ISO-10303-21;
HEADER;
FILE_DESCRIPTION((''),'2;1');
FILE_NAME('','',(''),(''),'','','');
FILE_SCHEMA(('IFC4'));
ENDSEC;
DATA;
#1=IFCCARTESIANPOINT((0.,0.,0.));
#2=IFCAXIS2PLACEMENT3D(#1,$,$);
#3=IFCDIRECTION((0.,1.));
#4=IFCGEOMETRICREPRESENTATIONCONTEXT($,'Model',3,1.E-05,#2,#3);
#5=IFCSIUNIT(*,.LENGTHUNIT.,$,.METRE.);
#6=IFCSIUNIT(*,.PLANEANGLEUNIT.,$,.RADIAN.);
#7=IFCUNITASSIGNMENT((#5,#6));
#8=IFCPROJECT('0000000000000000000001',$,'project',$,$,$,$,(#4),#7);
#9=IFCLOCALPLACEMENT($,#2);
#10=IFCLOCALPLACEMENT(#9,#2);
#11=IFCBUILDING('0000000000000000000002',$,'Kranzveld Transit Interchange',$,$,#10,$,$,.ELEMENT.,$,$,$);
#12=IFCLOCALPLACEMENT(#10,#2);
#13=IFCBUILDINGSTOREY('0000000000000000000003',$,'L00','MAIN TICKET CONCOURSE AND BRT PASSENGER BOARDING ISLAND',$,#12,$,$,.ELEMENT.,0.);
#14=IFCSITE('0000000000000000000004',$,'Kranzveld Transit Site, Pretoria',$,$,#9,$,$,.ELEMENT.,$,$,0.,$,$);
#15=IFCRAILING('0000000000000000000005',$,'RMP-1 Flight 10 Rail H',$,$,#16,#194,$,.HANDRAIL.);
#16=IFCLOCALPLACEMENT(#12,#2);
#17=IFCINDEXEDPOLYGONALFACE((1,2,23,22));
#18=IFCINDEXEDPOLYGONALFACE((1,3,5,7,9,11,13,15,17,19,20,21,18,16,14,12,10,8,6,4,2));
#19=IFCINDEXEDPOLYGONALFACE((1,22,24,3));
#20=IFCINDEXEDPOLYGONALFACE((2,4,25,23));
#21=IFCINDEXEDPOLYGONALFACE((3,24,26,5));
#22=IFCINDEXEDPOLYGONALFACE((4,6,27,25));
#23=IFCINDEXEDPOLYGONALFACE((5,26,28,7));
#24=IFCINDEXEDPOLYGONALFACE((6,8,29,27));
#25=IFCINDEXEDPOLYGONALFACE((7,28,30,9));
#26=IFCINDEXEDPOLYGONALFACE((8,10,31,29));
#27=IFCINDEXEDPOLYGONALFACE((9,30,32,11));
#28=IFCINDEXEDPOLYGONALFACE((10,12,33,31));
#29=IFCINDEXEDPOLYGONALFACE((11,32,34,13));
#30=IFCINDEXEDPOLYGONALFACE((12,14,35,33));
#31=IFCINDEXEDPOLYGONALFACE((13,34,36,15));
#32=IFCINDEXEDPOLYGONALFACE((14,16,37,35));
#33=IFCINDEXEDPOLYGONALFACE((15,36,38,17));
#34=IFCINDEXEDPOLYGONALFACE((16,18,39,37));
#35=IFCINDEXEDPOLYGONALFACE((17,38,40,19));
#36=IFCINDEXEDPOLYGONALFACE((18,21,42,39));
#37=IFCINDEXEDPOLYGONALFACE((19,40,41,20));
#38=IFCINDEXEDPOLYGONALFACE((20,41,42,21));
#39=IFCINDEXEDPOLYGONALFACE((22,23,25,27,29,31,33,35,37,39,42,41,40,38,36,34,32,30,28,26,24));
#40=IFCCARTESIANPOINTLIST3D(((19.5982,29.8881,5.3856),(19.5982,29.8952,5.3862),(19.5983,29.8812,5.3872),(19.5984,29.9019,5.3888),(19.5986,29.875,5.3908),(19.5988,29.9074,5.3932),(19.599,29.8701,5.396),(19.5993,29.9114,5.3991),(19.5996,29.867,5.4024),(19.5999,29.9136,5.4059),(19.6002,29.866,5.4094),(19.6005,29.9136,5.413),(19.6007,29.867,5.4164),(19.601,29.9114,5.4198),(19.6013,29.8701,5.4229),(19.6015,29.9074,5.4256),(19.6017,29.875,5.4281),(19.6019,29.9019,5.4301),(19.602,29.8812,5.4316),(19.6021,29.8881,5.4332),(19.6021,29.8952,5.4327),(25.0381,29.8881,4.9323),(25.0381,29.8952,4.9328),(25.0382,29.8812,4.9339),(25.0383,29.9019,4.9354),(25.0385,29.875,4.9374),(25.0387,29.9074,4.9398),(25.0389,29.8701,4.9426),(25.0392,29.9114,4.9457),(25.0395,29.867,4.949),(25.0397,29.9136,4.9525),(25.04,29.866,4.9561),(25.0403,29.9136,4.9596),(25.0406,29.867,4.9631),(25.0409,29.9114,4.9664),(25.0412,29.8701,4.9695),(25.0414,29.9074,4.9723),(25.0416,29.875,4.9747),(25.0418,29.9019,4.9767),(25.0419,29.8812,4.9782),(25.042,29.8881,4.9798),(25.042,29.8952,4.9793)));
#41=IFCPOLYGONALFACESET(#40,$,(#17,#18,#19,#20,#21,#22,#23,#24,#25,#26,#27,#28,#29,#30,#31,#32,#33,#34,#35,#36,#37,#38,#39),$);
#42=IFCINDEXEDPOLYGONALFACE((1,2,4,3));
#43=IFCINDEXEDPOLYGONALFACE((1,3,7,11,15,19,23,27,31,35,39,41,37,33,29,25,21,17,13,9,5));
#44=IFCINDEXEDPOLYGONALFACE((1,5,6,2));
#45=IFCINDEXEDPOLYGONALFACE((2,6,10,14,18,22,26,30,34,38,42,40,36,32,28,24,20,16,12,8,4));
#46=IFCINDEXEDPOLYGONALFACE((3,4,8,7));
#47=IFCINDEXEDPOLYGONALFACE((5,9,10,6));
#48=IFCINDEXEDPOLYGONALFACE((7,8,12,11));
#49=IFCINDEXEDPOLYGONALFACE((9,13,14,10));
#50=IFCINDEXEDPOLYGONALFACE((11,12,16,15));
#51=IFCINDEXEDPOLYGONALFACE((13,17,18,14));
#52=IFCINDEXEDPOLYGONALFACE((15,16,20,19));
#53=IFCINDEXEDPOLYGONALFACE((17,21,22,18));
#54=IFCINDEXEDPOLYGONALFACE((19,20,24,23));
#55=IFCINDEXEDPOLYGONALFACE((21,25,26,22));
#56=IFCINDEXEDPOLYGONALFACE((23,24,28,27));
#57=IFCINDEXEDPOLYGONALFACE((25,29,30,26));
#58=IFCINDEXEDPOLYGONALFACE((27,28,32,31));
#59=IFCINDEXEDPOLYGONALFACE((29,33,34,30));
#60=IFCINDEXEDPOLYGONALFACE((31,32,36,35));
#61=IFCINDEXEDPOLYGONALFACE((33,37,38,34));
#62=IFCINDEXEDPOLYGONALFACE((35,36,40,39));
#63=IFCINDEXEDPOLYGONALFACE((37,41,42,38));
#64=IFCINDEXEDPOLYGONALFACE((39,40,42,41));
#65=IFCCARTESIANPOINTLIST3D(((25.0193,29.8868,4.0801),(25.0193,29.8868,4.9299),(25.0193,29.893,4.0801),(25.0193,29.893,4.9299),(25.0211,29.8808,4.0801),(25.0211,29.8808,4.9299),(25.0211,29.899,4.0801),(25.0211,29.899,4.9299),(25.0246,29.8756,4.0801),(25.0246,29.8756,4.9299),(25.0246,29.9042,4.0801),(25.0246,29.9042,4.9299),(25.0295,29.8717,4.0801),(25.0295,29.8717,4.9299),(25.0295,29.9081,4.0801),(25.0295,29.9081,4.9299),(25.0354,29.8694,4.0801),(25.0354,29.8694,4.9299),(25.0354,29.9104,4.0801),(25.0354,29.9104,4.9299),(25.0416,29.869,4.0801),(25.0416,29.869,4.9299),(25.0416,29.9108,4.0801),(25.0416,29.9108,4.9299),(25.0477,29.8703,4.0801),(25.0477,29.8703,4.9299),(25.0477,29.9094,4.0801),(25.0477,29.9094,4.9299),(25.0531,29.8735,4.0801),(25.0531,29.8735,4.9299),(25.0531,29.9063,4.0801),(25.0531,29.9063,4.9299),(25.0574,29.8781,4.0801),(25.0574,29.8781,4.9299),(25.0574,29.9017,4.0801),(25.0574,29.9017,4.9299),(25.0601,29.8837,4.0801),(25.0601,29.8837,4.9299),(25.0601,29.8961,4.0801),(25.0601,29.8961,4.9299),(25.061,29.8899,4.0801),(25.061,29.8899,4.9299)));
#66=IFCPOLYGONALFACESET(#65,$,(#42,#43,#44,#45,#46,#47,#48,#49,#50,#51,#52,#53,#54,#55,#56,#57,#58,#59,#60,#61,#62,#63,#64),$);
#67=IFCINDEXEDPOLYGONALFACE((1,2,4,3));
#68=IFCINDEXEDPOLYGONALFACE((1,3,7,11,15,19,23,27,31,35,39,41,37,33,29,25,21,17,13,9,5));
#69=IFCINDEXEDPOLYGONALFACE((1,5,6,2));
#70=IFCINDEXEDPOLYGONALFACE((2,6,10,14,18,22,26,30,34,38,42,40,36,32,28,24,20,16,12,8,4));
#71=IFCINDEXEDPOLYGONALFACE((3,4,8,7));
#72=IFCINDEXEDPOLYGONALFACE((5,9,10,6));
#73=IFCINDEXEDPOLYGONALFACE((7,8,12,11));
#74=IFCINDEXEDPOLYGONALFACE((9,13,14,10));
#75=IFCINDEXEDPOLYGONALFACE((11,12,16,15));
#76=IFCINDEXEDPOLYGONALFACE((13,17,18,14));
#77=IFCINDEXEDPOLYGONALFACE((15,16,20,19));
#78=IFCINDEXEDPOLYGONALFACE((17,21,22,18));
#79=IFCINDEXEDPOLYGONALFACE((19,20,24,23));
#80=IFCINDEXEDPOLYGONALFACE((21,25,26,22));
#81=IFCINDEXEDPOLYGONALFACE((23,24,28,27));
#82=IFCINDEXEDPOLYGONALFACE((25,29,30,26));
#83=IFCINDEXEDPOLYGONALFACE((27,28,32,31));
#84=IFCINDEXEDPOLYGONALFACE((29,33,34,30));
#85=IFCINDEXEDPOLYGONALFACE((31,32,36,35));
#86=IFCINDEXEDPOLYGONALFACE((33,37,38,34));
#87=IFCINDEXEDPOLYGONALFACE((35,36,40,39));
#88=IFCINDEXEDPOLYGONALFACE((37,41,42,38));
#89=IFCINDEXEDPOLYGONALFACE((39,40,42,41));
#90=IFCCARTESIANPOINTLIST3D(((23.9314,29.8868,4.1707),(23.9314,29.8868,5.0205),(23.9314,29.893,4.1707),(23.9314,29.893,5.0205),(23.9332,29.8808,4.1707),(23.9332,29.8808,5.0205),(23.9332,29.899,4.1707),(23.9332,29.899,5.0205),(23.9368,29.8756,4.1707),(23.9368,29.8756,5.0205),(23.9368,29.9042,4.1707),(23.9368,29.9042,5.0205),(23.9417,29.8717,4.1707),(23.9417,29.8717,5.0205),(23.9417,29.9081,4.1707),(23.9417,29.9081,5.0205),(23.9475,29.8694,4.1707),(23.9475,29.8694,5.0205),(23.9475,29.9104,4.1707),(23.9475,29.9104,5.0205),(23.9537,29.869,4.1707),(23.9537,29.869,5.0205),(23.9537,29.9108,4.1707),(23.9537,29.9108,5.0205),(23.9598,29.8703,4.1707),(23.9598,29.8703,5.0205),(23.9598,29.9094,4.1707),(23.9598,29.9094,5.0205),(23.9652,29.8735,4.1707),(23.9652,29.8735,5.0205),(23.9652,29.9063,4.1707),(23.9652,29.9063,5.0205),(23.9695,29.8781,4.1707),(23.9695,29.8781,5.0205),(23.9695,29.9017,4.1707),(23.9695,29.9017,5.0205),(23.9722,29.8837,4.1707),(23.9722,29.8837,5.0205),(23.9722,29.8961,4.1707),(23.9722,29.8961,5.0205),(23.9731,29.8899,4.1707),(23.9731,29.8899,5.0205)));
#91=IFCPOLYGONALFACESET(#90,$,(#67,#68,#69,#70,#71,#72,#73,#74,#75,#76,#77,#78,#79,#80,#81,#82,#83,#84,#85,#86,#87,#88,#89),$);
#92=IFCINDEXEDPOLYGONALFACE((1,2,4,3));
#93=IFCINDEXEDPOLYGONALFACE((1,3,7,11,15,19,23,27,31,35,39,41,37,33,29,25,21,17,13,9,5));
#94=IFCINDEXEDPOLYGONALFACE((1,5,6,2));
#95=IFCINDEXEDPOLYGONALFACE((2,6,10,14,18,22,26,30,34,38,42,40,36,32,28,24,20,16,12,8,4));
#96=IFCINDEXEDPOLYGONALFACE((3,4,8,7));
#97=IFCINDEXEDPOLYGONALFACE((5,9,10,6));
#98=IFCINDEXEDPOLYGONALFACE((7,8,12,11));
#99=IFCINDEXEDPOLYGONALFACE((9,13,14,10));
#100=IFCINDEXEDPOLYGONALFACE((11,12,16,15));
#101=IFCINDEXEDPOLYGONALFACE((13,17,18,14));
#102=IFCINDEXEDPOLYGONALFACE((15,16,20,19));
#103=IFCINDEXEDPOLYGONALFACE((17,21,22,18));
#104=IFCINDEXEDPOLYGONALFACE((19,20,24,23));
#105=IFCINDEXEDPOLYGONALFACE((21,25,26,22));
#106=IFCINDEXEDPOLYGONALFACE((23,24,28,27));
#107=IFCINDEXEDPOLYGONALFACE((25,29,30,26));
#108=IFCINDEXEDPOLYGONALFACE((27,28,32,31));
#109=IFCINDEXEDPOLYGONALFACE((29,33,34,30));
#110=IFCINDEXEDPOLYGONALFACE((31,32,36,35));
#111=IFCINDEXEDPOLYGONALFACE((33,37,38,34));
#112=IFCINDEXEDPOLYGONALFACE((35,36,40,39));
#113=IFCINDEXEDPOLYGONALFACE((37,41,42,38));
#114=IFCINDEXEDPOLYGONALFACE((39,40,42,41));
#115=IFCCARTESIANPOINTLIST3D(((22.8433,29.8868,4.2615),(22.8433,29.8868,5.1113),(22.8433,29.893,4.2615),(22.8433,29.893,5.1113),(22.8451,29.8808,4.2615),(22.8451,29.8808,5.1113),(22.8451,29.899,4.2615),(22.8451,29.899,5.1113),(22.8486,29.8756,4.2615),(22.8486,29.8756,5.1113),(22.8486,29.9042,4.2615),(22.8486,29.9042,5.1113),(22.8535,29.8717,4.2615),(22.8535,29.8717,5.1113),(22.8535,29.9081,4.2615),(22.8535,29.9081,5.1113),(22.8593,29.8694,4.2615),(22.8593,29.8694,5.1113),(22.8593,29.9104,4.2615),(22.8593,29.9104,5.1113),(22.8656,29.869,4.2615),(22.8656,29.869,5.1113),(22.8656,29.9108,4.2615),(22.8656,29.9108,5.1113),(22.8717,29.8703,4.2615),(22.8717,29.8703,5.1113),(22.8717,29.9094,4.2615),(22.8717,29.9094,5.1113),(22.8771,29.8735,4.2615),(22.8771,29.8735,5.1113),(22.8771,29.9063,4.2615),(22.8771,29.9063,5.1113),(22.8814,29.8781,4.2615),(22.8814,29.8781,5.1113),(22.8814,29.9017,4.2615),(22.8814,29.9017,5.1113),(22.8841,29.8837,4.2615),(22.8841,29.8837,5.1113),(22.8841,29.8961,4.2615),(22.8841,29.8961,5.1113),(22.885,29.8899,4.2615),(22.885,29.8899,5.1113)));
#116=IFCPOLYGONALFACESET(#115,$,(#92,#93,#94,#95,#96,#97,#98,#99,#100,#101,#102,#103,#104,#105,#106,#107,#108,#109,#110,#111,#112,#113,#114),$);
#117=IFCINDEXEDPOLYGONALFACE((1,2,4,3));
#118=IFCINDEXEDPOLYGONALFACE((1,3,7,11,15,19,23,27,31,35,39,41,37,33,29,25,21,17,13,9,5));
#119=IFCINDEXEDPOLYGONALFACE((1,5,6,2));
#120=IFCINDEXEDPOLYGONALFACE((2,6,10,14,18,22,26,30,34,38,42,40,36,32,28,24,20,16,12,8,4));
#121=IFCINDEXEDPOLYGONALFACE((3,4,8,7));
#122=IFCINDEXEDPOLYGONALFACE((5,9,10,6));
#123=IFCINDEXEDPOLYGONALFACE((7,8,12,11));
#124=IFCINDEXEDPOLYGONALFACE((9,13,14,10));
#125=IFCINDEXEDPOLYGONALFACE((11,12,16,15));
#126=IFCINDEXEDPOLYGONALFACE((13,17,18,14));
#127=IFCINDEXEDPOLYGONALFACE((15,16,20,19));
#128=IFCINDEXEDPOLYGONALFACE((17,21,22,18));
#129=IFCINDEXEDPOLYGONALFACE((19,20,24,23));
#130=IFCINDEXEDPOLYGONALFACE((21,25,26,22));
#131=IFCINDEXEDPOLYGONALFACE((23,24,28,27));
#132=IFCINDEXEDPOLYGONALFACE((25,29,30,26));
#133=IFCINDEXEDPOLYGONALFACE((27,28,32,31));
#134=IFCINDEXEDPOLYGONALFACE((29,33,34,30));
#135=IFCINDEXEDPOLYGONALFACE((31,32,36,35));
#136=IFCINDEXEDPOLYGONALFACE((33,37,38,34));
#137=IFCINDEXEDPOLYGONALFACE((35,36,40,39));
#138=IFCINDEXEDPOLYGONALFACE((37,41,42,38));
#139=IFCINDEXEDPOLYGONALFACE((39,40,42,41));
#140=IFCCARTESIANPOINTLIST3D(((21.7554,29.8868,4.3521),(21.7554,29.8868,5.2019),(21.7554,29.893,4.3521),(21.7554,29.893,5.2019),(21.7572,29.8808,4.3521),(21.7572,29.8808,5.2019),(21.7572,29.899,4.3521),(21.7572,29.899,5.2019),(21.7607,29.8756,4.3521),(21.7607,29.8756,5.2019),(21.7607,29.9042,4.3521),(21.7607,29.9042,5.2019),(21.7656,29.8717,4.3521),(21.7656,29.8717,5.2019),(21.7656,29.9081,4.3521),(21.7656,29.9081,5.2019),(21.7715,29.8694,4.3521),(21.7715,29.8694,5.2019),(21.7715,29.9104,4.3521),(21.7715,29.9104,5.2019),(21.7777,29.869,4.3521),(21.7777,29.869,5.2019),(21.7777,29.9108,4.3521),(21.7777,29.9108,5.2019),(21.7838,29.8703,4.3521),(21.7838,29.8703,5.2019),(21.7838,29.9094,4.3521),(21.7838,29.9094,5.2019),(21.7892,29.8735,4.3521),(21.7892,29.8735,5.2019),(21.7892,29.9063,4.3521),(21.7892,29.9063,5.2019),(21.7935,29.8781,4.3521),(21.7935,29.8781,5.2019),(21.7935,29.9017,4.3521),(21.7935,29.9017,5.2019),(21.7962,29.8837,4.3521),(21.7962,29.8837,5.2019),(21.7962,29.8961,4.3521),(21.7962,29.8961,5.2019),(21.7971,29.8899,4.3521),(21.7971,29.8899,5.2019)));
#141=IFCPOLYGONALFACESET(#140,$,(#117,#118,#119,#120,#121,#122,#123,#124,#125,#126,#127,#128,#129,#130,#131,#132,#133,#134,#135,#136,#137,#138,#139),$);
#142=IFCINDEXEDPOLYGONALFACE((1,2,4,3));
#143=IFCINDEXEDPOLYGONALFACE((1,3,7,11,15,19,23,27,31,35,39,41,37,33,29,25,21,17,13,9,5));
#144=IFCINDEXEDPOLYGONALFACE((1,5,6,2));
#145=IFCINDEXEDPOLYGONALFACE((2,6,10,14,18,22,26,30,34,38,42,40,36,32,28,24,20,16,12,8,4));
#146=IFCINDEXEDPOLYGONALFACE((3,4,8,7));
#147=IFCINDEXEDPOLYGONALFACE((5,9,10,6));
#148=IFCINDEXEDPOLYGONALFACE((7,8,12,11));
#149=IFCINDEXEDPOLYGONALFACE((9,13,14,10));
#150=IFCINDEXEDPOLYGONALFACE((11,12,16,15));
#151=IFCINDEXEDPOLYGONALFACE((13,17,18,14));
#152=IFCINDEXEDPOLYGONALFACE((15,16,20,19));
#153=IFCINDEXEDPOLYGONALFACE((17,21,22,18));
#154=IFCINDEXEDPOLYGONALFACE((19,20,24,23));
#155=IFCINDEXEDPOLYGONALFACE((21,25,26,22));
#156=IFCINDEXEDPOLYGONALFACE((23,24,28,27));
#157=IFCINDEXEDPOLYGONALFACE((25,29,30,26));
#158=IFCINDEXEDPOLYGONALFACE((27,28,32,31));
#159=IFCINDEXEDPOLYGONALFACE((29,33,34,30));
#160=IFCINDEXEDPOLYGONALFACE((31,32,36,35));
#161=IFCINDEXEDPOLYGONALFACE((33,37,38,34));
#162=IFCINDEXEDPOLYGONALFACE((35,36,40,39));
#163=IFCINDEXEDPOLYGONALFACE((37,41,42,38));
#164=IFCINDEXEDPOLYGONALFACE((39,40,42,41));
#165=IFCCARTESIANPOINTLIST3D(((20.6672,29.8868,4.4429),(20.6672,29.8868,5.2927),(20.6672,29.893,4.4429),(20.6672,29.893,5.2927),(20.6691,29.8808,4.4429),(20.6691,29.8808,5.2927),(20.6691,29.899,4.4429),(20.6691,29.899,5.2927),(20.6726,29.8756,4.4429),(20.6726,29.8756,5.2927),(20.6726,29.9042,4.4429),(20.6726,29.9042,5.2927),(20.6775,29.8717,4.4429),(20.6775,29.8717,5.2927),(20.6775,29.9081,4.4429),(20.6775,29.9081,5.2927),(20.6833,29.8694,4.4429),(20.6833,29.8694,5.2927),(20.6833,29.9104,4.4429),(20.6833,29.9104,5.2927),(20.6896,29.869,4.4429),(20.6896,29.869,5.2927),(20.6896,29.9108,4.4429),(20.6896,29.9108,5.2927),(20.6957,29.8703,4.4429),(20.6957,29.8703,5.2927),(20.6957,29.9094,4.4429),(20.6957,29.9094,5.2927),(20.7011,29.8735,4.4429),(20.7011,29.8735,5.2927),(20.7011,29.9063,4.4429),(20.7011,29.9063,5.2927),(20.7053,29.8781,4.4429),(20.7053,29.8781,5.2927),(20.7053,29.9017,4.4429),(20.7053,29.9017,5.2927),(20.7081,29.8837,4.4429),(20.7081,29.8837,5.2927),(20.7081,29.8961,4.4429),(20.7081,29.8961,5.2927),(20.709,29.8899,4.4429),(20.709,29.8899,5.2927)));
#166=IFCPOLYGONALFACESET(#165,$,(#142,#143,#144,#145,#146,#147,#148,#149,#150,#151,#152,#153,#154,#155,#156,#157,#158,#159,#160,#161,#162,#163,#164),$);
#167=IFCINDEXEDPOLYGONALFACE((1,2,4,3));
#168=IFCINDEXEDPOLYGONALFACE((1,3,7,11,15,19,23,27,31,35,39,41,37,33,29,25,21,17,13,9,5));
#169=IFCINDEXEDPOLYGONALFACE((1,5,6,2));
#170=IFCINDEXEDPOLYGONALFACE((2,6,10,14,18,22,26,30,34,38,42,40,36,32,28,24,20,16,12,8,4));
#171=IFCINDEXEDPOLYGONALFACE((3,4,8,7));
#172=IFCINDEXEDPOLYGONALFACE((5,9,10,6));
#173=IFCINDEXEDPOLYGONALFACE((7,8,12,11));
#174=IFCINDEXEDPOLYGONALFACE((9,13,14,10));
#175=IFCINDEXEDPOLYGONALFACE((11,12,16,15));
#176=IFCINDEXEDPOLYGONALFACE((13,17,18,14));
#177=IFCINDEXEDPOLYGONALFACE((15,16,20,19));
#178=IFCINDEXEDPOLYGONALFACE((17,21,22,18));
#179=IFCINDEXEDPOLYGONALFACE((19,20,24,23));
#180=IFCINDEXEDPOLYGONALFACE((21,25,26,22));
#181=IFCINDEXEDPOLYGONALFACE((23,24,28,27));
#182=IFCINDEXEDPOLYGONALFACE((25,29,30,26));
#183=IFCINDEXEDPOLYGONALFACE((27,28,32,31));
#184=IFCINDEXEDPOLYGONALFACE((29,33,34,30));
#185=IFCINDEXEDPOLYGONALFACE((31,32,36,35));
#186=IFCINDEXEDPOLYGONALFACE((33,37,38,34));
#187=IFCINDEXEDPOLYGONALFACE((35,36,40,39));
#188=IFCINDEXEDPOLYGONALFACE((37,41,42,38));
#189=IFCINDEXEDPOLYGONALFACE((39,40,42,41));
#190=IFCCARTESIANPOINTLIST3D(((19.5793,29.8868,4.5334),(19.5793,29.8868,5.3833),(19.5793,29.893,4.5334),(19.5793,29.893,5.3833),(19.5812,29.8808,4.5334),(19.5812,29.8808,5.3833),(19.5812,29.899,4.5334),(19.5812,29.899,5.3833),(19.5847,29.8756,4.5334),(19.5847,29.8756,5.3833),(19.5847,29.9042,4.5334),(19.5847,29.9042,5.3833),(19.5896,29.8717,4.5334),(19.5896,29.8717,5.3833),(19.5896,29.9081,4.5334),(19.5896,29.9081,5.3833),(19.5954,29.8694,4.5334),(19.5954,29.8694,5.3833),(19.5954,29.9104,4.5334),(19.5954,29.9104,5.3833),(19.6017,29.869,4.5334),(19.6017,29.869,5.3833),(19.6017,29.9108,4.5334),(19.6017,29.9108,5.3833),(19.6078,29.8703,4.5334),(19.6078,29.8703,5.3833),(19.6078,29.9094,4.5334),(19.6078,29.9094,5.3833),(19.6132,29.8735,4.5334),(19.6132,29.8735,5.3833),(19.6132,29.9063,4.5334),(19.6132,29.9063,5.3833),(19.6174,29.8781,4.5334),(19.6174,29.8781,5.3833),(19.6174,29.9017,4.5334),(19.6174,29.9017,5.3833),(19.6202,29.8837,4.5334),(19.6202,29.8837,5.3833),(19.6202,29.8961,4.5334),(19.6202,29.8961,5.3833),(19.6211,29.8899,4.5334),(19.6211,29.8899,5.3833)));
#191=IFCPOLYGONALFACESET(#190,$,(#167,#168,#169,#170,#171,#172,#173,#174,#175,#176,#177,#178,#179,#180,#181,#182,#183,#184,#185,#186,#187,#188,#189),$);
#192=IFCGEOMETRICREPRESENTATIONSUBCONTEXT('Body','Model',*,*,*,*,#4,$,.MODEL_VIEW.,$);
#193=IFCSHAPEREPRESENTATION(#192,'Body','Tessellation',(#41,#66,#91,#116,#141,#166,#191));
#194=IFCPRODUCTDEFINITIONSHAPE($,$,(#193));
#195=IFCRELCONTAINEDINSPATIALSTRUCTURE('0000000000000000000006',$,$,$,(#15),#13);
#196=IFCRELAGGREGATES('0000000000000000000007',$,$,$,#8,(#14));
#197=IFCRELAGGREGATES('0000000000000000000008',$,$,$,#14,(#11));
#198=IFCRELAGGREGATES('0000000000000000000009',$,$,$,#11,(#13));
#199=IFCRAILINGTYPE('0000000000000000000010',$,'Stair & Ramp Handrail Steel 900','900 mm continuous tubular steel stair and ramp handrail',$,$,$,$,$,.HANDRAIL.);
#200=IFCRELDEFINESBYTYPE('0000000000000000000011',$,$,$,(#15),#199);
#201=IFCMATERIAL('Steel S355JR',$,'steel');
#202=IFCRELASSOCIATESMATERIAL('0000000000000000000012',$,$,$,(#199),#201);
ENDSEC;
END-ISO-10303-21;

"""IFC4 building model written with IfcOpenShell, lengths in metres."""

from ifc_helpers import new_model, si_unit, direction, frame, origin, origin_2d, place, context, subcontext, project, spatial, circle, extrude, material, type_object, element, save


model = new_model("IFC4")

# Units and contexts
model_context = context("Model", 3, precision=1e-05, world=origin(), true_north=direction((0.0, 1.0)))
body_context = subcontext(model_context, "Body", "Model", "MODEL_VIEW")
ifc_project = project(units=[si_unit("LENGTHUNIT", "METRE"), si_unit("PLANEANGLEUNIT", "RADIAN")], contexts=[model_context])

# Site, building, storey
site_placement = place(None, origin())
site = spatial("IfcSite", under=ifc_project, at=site_placement, Name="Kranzveld Transit Site, Pretoria", CompositionType="ELEMENT", RefElevation=0.0)
building_placement = place(site_placement, origin())
building = spatial("IfcBuilding", under=site, at=building_placement, Name="Kranzveld Transit Interchange", CompositionType="ELEMENT")
storey_placement = place(building_placement, origin())
storey = spatial("IfcBuildingStorey", under=building, at=storey_placement, Name="L00", Description="MAIN TICKET CONCOURSE AND BRT PASSENGER BOARDING ISLAND", CompositionType="ELEMENT", Elevation=0.0)

# Railing
ifc_material_1 = material(Name="Steel S355JR", Category="steel")
railing_type_1 = type_object("IfcRailingType", Name="Stair & Ramp Handrail Steel 900", Description="900 mm continuous tubular steel stair and ramp handrail", PredefinedType="HANDRAIL", material=ifc_material_1)
for number, where, name in (
    (1, (25.04, 29.8899, 4.0801), "RMP-1 Flight 10 Rail H"),
):
    element("IfcRailing", number, at=place(storey_placement, frame(where)), inside=storey, type_object=railing_type_1, Name=name, PredefinedType="HANDRAIL", context=body_context, shape_type="SweptSolid", body=[
        extrude(circle(Radius=0.0239, at=origin_2d()), frame((0.0, 0.0, 0.876), z_axis=(-0.996545, 0.0, 0.083053), x_axis=(0.0, -1.0, 0.0)), (0.0, 0.0, 1.0), 5.4587),
        extrude(circle(Radius=0.021, at=origin_2d()), origin(), (0.0, 0.0, 1.0), 0.8499),
        extrude(circle(Radius=0.021, at=origin_2d()), frame((-1.0879, 0.0, 0.0906)), (0.0, 0.0, 1.0), 0.8499),
        extrude(circle(Radius=0.021, at=origin_2d()), frame((-2.176, 0.0, 0.1814)), (0.0, 0.0, 1.0), 0.8499),
        extrude(circle(Radius=0.021, at=origin_2d()), frame((-3.2639, 0.0, 0.272)), (0.0, 0.0, 1.0), 0.8499),
        extrude(circle(Radius=0.021, at=origin_2d()), frame((-4.3521, 0.0, 0.3628)), (0.0, 0.0, 1.0), 0.8499),
        extrude(circle(Radius=0.021, at=origin_2d()), frame((-5.4399, 0.0, 0.4534)), (0.0, 0.0, 1.0), 0.8499),
    ])

save(model, "model.ifc")
